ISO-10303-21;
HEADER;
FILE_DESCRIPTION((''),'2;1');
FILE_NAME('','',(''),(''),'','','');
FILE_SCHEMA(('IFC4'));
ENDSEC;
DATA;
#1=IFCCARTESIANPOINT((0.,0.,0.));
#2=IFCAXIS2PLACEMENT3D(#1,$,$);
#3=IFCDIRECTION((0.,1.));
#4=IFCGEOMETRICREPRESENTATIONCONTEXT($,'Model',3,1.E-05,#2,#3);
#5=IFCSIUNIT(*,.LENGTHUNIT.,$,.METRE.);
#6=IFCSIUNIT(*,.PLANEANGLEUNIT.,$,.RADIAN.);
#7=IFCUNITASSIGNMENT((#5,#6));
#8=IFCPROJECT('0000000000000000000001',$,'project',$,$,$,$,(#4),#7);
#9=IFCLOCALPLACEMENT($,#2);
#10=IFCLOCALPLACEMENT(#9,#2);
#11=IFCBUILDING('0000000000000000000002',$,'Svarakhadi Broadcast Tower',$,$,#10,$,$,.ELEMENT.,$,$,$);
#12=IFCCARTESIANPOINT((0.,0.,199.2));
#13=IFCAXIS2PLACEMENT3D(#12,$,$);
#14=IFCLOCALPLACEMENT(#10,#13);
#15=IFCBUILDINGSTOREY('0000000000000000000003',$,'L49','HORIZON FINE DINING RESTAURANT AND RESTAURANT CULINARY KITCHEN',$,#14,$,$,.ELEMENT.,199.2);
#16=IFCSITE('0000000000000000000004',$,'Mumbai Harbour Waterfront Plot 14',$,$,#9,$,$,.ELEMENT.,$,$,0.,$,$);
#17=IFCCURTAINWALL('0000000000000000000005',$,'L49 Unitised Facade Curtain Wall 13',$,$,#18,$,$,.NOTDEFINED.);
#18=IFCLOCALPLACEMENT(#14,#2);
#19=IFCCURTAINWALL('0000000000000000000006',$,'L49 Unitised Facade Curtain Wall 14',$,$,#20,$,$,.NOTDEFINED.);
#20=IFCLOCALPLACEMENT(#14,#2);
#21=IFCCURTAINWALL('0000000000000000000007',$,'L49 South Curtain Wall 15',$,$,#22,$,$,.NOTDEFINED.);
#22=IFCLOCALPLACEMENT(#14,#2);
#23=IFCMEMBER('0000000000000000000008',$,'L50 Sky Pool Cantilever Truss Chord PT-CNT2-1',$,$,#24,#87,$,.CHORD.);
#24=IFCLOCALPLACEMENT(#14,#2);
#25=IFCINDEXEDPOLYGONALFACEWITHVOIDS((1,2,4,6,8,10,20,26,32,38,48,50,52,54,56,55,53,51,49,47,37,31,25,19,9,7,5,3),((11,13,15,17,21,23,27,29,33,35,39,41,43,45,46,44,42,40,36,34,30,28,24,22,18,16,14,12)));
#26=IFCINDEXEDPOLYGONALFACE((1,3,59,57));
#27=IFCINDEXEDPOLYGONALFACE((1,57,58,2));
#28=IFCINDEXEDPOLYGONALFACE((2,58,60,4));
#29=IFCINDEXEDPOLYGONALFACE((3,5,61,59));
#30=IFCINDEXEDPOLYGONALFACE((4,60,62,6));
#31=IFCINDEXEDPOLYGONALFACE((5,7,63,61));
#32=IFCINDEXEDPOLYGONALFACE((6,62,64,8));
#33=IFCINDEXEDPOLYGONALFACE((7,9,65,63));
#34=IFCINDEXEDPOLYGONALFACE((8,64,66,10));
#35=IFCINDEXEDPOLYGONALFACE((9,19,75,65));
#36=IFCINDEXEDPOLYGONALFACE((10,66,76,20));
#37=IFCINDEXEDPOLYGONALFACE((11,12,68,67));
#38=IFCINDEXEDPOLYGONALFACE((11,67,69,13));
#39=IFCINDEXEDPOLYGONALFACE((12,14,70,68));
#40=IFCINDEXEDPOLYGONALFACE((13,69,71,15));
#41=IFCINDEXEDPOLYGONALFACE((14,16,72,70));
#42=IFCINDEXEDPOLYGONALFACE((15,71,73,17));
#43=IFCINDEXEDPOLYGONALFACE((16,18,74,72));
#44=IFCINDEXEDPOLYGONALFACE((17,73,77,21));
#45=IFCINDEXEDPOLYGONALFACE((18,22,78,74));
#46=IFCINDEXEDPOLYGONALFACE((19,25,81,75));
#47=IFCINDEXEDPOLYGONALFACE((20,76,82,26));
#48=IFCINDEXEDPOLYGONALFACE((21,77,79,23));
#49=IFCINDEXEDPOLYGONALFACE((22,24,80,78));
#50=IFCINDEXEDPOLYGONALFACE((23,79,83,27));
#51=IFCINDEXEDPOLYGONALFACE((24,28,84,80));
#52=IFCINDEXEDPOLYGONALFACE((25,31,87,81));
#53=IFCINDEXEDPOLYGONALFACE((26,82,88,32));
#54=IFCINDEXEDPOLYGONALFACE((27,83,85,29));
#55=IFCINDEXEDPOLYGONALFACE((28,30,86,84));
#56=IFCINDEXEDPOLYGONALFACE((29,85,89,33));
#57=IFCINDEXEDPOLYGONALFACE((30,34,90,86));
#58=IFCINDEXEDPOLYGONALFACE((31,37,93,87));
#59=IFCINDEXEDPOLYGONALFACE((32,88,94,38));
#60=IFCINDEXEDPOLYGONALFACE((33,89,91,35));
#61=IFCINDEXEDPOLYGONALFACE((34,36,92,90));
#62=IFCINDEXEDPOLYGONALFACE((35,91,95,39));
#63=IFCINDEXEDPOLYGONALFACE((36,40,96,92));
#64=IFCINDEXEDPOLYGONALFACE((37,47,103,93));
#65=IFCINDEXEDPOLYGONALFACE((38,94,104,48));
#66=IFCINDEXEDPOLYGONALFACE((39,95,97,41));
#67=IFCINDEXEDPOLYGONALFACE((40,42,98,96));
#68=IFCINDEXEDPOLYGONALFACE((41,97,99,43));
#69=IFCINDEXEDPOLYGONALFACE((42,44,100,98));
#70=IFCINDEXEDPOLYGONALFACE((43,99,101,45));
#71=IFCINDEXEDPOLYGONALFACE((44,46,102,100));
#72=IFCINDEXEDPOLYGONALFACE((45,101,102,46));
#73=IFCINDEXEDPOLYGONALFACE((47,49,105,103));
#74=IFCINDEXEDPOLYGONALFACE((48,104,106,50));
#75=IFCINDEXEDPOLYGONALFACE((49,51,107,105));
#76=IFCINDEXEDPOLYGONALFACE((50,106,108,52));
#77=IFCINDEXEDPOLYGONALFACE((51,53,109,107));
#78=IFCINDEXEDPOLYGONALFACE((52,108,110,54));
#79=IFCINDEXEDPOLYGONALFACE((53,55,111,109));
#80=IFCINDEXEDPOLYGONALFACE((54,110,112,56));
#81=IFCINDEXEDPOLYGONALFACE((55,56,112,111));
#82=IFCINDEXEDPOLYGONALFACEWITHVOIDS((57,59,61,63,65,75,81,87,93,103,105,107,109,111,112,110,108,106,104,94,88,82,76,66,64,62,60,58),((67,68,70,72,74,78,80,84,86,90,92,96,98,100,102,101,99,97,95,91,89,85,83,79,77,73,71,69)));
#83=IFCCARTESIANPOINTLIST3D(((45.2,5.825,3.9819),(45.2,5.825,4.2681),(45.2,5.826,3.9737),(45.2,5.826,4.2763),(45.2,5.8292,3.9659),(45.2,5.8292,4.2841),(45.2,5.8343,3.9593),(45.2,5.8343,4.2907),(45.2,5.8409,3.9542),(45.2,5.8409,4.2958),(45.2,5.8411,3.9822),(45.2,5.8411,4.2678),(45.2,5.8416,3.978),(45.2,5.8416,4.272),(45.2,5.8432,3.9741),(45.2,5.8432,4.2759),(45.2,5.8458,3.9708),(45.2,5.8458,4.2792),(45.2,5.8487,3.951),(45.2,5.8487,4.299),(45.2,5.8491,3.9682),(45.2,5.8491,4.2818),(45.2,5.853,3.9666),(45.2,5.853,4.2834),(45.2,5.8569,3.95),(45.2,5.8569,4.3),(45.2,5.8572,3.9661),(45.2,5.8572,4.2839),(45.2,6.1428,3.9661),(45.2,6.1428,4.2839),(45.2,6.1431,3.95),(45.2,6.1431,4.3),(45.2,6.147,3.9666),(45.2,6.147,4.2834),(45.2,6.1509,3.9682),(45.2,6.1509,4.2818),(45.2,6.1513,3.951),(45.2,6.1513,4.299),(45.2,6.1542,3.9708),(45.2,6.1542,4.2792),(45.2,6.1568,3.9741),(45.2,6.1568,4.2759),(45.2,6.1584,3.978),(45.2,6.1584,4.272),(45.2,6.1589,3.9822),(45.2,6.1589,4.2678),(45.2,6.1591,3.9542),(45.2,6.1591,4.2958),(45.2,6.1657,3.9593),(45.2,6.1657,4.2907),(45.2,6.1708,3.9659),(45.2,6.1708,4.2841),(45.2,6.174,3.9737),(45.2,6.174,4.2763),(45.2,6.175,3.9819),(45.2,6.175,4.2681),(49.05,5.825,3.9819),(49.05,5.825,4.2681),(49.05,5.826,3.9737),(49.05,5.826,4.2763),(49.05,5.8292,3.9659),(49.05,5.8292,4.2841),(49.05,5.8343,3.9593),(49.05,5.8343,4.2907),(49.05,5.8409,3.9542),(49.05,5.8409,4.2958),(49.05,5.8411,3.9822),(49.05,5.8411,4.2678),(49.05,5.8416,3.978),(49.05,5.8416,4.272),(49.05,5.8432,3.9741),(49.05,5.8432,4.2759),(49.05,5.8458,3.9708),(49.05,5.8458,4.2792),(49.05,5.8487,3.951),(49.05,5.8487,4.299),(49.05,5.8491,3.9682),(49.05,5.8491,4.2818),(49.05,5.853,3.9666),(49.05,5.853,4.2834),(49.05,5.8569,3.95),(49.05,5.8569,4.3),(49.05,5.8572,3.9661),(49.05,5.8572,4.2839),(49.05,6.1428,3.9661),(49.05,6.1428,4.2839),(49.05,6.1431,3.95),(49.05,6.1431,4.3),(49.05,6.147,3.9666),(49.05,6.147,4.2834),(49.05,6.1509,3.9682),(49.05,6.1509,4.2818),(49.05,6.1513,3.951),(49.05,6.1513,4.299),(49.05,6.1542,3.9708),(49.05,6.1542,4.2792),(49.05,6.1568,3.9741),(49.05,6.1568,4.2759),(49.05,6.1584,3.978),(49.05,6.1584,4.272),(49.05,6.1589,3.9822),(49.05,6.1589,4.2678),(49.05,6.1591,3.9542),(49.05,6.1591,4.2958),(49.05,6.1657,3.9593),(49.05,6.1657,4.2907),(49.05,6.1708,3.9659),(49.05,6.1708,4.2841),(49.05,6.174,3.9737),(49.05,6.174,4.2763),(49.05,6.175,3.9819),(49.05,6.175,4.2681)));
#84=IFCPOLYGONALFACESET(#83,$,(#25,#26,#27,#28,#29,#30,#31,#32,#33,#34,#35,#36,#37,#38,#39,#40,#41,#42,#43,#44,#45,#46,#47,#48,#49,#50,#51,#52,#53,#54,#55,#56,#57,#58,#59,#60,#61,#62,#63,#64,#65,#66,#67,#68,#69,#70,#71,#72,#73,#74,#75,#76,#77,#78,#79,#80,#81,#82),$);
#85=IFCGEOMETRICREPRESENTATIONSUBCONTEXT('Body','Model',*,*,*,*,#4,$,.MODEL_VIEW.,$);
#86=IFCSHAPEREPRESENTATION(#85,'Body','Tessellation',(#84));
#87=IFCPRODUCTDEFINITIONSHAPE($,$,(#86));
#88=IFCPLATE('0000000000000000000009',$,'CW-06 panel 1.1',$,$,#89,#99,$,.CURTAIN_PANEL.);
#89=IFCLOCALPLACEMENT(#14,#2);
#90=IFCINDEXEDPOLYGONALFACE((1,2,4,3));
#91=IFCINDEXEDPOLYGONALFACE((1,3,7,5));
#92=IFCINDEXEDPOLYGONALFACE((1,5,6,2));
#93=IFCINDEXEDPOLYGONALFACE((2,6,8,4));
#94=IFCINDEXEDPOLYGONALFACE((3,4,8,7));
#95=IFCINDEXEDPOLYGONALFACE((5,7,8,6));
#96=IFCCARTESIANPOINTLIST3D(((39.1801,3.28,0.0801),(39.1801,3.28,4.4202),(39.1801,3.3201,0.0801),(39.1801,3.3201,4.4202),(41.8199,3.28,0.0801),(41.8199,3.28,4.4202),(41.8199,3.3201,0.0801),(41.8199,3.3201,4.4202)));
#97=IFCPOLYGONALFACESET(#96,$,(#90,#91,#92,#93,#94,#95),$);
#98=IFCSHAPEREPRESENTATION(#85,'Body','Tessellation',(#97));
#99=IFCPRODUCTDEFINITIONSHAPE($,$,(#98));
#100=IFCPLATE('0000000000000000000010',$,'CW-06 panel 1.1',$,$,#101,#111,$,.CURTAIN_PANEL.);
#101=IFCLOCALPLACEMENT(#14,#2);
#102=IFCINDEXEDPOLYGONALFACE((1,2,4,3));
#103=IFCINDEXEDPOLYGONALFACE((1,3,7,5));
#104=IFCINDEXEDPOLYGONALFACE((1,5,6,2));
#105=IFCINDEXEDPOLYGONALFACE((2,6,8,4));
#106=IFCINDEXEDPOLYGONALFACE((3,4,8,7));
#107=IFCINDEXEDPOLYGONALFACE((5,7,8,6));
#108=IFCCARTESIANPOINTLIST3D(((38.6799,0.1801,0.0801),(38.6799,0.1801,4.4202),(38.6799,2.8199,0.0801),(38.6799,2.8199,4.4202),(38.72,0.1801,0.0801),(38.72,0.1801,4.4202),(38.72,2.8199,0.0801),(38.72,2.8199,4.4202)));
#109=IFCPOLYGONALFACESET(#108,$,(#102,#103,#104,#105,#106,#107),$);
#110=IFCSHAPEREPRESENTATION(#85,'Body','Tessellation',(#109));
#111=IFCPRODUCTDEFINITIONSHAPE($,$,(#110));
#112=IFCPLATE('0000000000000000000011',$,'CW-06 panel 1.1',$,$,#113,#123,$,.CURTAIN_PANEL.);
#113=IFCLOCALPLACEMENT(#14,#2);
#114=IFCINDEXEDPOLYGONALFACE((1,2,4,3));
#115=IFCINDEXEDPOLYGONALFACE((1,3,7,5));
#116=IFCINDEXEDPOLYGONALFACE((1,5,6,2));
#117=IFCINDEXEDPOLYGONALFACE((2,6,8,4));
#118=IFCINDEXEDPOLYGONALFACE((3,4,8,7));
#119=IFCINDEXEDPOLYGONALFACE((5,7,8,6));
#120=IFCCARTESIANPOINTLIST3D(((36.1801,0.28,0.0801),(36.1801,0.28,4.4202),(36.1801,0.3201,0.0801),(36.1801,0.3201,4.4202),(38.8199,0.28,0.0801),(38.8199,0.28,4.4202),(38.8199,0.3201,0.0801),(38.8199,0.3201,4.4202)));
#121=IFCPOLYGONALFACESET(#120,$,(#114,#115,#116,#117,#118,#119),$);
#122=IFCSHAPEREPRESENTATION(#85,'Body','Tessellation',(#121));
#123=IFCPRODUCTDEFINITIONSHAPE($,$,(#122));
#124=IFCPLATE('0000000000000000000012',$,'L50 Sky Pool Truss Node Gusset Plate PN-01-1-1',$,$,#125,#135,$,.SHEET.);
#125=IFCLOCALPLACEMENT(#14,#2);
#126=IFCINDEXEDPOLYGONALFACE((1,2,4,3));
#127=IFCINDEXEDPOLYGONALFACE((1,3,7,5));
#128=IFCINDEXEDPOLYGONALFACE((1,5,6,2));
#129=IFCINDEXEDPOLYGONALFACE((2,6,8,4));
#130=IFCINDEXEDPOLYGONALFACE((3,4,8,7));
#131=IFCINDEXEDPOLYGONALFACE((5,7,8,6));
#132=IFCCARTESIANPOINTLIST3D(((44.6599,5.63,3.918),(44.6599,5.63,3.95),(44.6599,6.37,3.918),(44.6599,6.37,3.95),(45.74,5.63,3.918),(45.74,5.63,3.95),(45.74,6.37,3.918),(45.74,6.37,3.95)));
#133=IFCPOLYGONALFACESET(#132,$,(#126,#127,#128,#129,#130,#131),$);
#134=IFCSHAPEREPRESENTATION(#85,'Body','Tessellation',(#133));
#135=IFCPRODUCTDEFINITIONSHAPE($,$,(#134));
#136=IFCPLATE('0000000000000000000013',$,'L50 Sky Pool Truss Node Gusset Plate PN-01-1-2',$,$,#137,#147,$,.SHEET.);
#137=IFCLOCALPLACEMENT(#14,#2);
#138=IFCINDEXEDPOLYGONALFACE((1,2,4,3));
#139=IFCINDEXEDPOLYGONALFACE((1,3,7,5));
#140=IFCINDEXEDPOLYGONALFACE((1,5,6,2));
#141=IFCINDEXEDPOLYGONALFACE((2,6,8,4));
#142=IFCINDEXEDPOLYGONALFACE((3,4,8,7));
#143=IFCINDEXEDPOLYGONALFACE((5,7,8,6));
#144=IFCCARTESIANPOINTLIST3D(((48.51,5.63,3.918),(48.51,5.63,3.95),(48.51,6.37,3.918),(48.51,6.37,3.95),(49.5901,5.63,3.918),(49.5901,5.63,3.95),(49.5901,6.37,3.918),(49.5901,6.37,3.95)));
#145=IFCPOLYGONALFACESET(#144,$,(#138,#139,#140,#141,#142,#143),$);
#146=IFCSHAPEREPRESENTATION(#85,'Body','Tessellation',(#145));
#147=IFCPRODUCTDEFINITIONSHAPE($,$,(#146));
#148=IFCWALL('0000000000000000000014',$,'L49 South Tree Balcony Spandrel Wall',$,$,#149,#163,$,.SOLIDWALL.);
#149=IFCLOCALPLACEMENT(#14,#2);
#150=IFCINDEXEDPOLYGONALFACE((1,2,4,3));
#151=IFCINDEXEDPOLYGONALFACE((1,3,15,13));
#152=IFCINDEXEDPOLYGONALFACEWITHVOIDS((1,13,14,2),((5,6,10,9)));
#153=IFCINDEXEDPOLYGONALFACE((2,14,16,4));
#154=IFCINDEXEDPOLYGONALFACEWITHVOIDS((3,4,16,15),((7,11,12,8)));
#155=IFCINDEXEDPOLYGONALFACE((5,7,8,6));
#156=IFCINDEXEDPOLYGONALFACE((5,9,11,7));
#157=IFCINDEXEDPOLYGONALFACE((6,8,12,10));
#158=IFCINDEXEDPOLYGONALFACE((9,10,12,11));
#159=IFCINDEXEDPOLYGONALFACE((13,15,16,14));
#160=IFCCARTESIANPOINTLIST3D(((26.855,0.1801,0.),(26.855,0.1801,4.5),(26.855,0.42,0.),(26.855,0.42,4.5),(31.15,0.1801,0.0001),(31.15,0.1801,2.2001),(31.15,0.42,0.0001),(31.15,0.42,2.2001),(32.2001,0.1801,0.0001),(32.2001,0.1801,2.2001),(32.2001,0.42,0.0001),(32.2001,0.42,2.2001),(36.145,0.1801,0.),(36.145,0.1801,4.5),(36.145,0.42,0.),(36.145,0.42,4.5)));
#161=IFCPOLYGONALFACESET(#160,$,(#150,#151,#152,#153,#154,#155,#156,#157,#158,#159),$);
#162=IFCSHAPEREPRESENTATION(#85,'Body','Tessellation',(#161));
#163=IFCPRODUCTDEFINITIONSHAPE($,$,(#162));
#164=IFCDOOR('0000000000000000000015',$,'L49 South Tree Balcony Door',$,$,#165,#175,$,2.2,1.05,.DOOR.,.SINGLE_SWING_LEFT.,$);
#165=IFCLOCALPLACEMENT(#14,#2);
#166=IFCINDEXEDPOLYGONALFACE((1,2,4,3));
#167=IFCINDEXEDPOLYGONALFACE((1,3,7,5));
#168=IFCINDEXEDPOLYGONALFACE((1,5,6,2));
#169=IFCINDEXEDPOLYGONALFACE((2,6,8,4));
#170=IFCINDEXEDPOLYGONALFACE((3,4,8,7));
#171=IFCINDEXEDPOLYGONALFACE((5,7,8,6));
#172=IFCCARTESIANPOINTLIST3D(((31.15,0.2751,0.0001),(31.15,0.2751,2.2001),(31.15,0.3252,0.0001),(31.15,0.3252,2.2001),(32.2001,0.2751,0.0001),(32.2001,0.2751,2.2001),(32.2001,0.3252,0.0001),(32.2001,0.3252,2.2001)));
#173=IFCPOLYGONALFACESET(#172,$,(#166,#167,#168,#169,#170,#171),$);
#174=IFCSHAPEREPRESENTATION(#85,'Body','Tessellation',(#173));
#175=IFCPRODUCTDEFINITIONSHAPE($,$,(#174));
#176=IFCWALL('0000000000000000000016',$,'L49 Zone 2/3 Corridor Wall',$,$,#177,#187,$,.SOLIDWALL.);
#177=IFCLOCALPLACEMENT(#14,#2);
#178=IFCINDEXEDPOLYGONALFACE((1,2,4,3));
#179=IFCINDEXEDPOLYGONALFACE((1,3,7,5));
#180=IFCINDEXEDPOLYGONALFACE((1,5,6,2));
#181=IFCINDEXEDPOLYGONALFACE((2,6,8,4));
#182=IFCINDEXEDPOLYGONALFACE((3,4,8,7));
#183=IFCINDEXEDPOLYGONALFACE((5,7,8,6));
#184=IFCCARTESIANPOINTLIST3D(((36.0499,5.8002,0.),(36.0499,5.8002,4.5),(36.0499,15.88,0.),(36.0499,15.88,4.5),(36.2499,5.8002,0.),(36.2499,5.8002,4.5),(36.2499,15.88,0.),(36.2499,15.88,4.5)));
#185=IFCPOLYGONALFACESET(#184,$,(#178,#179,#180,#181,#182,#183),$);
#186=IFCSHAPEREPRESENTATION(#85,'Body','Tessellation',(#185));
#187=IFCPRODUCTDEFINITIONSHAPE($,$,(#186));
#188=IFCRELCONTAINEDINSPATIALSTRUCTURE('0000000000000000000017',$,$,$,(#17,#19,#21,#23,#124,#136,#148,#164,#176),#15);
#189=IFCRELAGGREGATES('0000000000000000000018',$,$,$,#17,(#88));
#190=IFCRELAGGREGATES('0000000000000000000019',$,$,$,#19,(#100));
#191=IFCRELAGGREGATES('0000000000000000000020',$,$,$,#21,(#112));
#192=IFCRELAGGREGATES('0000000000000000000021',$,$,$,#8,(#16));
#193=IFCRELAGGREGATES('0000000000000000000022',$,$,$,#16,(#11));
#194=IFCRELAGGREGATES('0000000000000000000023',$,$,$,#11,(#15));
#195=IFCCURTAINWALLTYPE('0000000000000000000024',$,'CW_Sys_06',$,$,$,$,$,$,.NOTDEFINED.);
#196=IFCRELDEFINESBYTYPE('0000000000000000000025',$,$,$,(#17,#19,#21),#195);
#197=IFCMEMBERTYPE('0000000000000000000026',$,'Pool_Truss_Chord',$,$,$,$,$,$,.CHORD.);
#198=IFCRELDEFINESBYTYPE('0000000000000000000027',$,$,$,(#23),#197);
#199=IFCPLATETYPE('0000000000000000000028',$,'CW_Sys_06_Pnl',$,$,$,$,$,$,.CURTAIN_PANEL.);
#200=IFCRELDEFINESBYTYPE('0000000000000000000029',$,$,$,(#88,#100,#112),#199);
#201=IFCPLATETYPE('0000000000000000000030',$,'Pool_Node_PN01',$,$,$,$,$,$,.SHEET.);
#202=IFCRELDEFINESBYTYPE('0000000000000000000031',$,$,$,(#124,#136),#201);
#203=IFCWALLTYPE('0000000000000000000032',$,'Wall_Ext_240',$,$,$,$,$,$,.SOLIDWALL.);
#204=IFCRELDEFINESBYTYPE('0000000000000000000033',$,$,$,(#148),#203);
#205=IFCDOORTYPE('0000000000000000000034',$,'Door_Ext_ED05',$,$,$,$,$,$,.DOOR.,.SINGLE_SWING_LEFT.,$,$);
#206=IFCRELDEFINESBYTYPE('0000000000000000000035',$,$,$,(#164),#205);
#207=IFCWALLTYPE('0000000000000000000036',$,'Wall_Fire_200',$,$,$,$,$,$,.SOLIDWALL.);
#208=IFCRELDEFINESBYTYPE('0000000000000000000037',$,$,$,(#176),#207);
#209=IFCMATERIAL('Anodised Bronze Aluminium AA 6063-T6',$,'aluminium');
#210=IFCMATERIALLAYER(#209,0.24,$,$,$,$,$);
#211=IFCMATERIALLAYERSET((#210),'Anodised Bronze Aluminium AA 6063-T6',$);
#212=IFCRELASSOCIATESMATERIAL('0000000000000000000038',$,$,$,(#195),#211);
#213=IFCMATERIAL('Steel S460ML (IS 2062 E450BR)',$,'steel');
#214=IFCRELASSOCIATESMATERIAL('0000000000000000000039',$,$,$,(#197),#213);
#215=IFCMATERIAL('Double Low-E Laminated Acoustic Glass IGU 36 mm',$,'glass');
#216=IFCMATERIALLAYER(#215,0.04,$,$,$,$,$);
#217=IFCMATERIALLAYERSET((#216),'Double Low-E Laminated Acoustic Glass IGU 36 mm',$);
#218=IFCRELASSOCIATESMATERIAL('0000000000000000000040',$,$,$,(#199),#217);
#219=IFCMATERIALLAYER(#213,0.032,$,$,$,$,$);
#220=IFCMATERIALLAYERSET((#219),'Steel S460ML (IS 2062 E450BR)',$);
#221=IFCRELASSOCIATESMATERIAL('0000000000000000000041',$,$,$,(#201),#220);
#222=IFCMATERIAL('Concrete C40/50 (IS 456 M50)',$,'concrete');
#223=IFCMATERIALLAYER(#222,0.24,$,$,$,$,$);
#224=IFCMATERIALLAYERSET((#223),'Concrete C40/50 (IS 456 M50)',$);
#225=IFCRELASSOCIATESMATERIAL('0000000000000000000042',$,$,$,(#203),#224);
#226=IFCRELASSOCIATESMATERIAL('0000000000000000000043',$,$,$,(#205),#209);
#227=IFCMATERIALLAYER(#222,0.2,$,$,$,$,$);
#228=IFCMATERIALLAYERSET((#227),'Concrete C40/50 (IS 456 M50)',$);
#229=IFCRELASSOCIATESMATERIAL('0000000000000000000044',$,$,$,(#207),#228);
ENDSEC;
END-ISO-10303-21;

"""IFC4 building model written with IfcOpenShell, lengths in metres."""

from ifc_helpers import new_model, si_unit, direction, frame, frame_2d, origin, origin_2d, place, context, subcontext, project, spatial, rectangle, hollow_rectangle, extrude, material, layer, layer_set, material_profile, profile_set, type_object, element, fill, aggregate, save


model = new_model("IFC4")

# Units and contexts
model_context = context("Model", 3, precision=1e-05, world=origin(), true_north=direction((0.0, 1.0)))
body_context = subcontext(model_context, "Body", "Model", "MODEL_VIEW")
ifc_project = project(units=[si_unit("LENGTHUNIT", "METRE"), si_unit("PLANEANGLEUNIT", "RADIAN")], contexts=[model_context])

# Site, building, storey
site_placement = place(None, origin())
site = spatial("IfcSite", under=ifc_project, at=site_placement, Name="Mumbai Harbour Waterfront Plot 14", CompositionType="ELEMENT", RefElevation=0.0)
building_placement = place(site_placement, origin())
building = spatial("IfcBuilding", under=site, at=building_placement, Name="Svarakhadi Broadcast Tower", CompositionType="ELEMENT")
storey_placement = place(building_placement, frame((0.0, 0.0, 199.2)))
storey = spatial("IfcBuildingStorey", under=building, at=storey_placement, Name="L49", Description="HORIZON FINE DINING RESTAURANT AND RESTAURANT CULINARY KITCHEN", CompositionType="ELEMENT", Elevation=199.2)

# Shared definitions
ifc_material_1 = material(Name="Steel S460ML (IS 2062 E450BR)", Category="steel")

# Curtain walls
ifc_material_2 = material(Name="Anodised Bronze Aluminium AA 6063-T6", Category="aluminium")
ifc_layer_1 = layer(ifc_material_2, 0.24)
ifc_layer_set_1 = layer_set([ifc_layer_1], Name="Anodised Bronze Aluminium AA 6063-T6")
curtain_wall_type = type_object("IfcCurtainWallType", Name="CW_Sys_06", PredefinedType="NOTDEFINED", material=ifc_layer_set_1)
curtain_wall_1_placement = place(storey_placement, origin())
curtain_wall_1 = element("IfcCurtainWall", 1, at=curtain_wall_1_placement, inside=storey, type_object=curtain_wall_type, Name="L49 Unitised Facade Curtain Wall 13", PredefinedType="NOTDEFINED")
curtain_wall_2_placement = place(storey_placement, origin())
curtain_wall_2 = element("IfcCurtainWall", 2, at=curtain_wall_2_placement, inside=storey, type_object=curtain_wall_type, Name="L49 Unitised Facade Curtain Wall 14", PredefinedType="NOTDEFINED")

# Curtain wall
curtain_wall_3_placement = place(storey_placement, origin())
curtain_wall_3 = element("IfcCurtainWall", 3, at=curtain_wall_3_placement, inside=storey, type_object=curtain_wall_type, Name="L49 South Curtain Wall 15", PredefinedType="NOTDEFINED")

# Member
ifc_material_profile_1 = material_profile(ifc_material_1, hollow_rectangle(XDim=0.3501, YDim=0.3501, WallThickness=0.0161, InnerFilletRadius=0.0161, OuterFilletRadius=0.032, at=origin_2d()), Name="SHS 350x350x16")
ifc_profile_set_1 = profile_set([ifc_material_profile_1], Name="Steel S460ML (IS 2062 E450BR)")
member_type_1 = type_object("IfcMemberType", Name="Pool_Truss_Chord", PredefinedType="CHORD", material=ifc_profile_set_1)
member_1_placement = place(storey_placement, frame((45.2, 6.0, 4.125), z_axis=(1.0, 0.0, 0.0), x_axis=(0.0, 1.0, 0.0)))
element("IfcMember", 4, at=member_1_placement, inside=storey, type_object=member_type_1, Name="L50 Sky Pool Cantilever Truss Chord PT-CNT2-1", PredefinedType="CHORD", context=body_context, shape_type="SweptSolid", body=[
    extrude(hollow_rectangle(XDim=0.3501, YDim=0.3501, WallThickness=0.0161, InnerFilletRadius=0.0161, OuterFilletRadius=0.032, at=origin_2d()), origin(), (0.0, 0.0, 1.0), 3.8501),
])

# Plates
ifc_material_3 = material(Name="Double Low-E Laminated Acoustic Glass IGU 36 mm", Category="glass")
ifc_layer_2 = layer(ifc_material_3, 0.04)
ifc_layer_set_2 = layer_set([ifc_layer_2], Name="Double Low-E Laminated Acoustic Glass IGU 36 mm")
plate_type_1 = type_object("IfcPlateType", Name="CW_Sys_06_Pnl", PredefinedType="CURTAIN_PANEL", material=ifc_layer_set_2)
plate_1_placement = place(storey_placement, frame((40.5, 3.3, 0.0801), z_axis=(0.0, 0.0, 1.0), x_axis=(-1.0, 0.0, 0.0)))
plate_1 = element("IfcPlate", 5, at=plate_1_placement, type_object=plate_type_1, Name="CW-06 panel 1.1", PredefinedType="CURTAIN_PANEL", context=body_context, shape_type="SweptSolid", body=[
    extrude(rectangle(XDim=2.6399, YDim=0.04, at=origin_2d()), origin(), (0.0, 0.0, 1.0), 4.3401),
])
aggregate(curtain_wall_1, [plate_1])
plate_2_placement = place(storey_placement, frame((38.7, 1.5, 0.0801), z_axis=(0.0, 0.0, 1.0), x_axis=(0.0, -1.0, 0.0)))
plate_2 = element("IfcPlate", 6, at=plate_2_placement, type_object=plate_type_1, Name="CW-06 panel 1.1", PredefinedType="CURTAIN_PANEL", context=body_context, shape_type="SweptSolid", body=[
    extrude(rectangle(XDim=2.6399, YDim=0.04, at=origin_2d()), origin(), (0.0, 0.0, 1.0), 4.3401),
])
aggregate(curtain_wall_2, [plate_2])
plate_3_placement = place(storey_placement, frame((37.5, 0.3, 0.0801), z_axis=(0.0, 0.0, 1.0), x_axis=(-1.0, 0.0, 0.0)))
plate_3 = element("IfcPlate", 7, at=plate_3_placement, type_object=plate_type_1, Name="CW-06 panel 1.1", PredefinedType="CURTAIN_PANEL", context=body_context, shape_type="SweptSolid", body=[
    extrude(rectangle(XDim=2.6399, YDim=0.04, at=origin_2d()), origin(), (0.0, 0.0, 1.0), 4.3401),
])
aggregate(curtain_wall_3, [plate_3])

# Plates
ifc_layer_3 = layer(ifc_material_1, 0.032)
ifc_layer_set_3 = layer_set([ifc_layer_3], Name="Steel S460ML (IS 2062 E450BR)")
plate_type_2 = type_object("IfcPlateType", Name="Pool_Node_PN01", PredefinedType="SHEET", material=ifc_layer_set_3)
for number, where, z_axis, x_axis, name in (
    (8, (45.2, 6.0, 3.918), (0.0, 0.0, 1.0), (1.0, 0.0, 0.0), "L50 Sky Pool Truss Node Gusset Plate PN-01-1-1"),
    (9, (49.05, 6.0, 3.918), (0.0, 0.0, 1.0), (1.0, 0.0, 0.0), "L50 Sky Pool Truss Node Gusset Plate PN-01-1-2"),
):
    element("IfcPlate", number, at=place(storey_placement, frame(where, z_axis=z_axis, x_axis=x_axis)), inside=storey, type_object=plate_type_2, Name=name, PredefinedType="SHEET", context=body_context, shape_type="SweptSolid", body=[
        extrude(rectangle(XDim=1.0801, YDim=0.74, at=origin_2d()), origin(), (0.0, 0.0, 1.0), 0.032),
    ])

# Wall, opening, door
ifc_material_4 = material(Name="Concrete C40/50 (IS 456 M50)", Category="concrete")
ifc_layer_4 = layer(ifc_material_4, 0.24)
ifc_layer_set_4 = layer_set([ifc_layer_4], Name="Concrete C40/50 (IS 456 M50)")
wall_type_1 = type_object("IfcWallType", Name="Wall_Ext_240", PredefinedType="SOLIDWALL", material=ifc_layer_set_4)
wall_1_placement = place(storey_placement, frame((36.145, 0.3, 0.0), z_axis=(0.0, 0.0, 1.0), x_axis=(-1.0, 0.0, 0.0)))
wall_1 = element("IfcWall", 10, at=wall_1_placement, inside=storey, type_object=wall_type_1, Name="L49 South Tree Balcony Spandrel Wall", PredefinedType="SOLIDWALL", context=body_context, shape_type="SweptSolid", body=[
    extrude(rectangle(XDim=9.29, YDim=0.24, at=frame_2d((4.645, 0.0))), origin(), (0.0, 0.0, 1.0), 4.5),
])
opening_placement = place(wall_1_placement, frame((3.9451, 0.0, 0.0)))
opening = element("IfcOpeningElement", 11, at=opening_placement, cuts=wall_1, PredefinedType="OPENING", context=body_context, shape_type="SweptSolid", body=[
    extrude(rectangle(XDim=1.05, YDim=2.2, at=frame_2d((0.5249, 1.1001))), frame((0.0, 0.1299, 0.0), z_axis=(0.0, -1.0, 0.0), x_axis=(1.0, 0.0, 0.0)), (0.0, 0.0, 1.0), 0.26),
])
door_type = type_object("IfcDoorType", Name="Door_Ext_ED05", OperationType="SINGLE_SWING_LEFT", PredefinedType="DOOR", material=ifc_material_2)
door_placement = place(opening_placement, origin())
door = element("IfcDoor", 12, at=door_placement, inside=storey, type_object=door_type, Name="L49 South Tree Balcony Door", OperationType="SINGLE_SWING_LEFT", OverallHeight=2.2, OverallWidth=1.05, PredefinedType="DOOR", context=body_context, shape_type="SweptSolid", body=[
    extrude(rectangle(XDim=1.05, YDim=2.2, at=frame_2d((0.5249, 1.1001))), frame((0.0, 0.0249, 0.0), z_axis=(0.0, -1.0, 0.0), x_axis=(1.0, 0.0, 0.0)), (0.0, 0.0, 1.0), 0.05),
])
fill(opening, door)

# Wall
ifc_layer_5 = layer(ifc_material_4, 0.2)
ifc_layer_set_5 = layer_set([ifc_layer_5], Name="Concrete C40/50 (IS 456 M50)")
wall_type_2 = type_object("IfcWallType", Name="Wall_Fire_200", PredefinedType="SOLIDWALL", material=ifc_layer_set_5)
wall_2_placement = place(storey_placement, frame((36.1499, 5.8, 0.0), z_axis=(0.0, 0.0, 1.0), x_axis=(0.0, 1.0, 0.0)))
element("IfcWall", 13, at=wall_2_placement, inside=storey, type_object=wall_type_2, Name="L49 Zone 2/3 Corridor Wall", PredefinedType="SOLIDWALL", context=body_context, shape_type="SweptSolid", body=[
    extrude(rectangle(XDim=10.0798, YDim=0.2, at=frame_2d((5.04, 0.0))), origin(), (0.0, 0.0, 1.0), 4.5),
])

save(model, "model.ifc")
